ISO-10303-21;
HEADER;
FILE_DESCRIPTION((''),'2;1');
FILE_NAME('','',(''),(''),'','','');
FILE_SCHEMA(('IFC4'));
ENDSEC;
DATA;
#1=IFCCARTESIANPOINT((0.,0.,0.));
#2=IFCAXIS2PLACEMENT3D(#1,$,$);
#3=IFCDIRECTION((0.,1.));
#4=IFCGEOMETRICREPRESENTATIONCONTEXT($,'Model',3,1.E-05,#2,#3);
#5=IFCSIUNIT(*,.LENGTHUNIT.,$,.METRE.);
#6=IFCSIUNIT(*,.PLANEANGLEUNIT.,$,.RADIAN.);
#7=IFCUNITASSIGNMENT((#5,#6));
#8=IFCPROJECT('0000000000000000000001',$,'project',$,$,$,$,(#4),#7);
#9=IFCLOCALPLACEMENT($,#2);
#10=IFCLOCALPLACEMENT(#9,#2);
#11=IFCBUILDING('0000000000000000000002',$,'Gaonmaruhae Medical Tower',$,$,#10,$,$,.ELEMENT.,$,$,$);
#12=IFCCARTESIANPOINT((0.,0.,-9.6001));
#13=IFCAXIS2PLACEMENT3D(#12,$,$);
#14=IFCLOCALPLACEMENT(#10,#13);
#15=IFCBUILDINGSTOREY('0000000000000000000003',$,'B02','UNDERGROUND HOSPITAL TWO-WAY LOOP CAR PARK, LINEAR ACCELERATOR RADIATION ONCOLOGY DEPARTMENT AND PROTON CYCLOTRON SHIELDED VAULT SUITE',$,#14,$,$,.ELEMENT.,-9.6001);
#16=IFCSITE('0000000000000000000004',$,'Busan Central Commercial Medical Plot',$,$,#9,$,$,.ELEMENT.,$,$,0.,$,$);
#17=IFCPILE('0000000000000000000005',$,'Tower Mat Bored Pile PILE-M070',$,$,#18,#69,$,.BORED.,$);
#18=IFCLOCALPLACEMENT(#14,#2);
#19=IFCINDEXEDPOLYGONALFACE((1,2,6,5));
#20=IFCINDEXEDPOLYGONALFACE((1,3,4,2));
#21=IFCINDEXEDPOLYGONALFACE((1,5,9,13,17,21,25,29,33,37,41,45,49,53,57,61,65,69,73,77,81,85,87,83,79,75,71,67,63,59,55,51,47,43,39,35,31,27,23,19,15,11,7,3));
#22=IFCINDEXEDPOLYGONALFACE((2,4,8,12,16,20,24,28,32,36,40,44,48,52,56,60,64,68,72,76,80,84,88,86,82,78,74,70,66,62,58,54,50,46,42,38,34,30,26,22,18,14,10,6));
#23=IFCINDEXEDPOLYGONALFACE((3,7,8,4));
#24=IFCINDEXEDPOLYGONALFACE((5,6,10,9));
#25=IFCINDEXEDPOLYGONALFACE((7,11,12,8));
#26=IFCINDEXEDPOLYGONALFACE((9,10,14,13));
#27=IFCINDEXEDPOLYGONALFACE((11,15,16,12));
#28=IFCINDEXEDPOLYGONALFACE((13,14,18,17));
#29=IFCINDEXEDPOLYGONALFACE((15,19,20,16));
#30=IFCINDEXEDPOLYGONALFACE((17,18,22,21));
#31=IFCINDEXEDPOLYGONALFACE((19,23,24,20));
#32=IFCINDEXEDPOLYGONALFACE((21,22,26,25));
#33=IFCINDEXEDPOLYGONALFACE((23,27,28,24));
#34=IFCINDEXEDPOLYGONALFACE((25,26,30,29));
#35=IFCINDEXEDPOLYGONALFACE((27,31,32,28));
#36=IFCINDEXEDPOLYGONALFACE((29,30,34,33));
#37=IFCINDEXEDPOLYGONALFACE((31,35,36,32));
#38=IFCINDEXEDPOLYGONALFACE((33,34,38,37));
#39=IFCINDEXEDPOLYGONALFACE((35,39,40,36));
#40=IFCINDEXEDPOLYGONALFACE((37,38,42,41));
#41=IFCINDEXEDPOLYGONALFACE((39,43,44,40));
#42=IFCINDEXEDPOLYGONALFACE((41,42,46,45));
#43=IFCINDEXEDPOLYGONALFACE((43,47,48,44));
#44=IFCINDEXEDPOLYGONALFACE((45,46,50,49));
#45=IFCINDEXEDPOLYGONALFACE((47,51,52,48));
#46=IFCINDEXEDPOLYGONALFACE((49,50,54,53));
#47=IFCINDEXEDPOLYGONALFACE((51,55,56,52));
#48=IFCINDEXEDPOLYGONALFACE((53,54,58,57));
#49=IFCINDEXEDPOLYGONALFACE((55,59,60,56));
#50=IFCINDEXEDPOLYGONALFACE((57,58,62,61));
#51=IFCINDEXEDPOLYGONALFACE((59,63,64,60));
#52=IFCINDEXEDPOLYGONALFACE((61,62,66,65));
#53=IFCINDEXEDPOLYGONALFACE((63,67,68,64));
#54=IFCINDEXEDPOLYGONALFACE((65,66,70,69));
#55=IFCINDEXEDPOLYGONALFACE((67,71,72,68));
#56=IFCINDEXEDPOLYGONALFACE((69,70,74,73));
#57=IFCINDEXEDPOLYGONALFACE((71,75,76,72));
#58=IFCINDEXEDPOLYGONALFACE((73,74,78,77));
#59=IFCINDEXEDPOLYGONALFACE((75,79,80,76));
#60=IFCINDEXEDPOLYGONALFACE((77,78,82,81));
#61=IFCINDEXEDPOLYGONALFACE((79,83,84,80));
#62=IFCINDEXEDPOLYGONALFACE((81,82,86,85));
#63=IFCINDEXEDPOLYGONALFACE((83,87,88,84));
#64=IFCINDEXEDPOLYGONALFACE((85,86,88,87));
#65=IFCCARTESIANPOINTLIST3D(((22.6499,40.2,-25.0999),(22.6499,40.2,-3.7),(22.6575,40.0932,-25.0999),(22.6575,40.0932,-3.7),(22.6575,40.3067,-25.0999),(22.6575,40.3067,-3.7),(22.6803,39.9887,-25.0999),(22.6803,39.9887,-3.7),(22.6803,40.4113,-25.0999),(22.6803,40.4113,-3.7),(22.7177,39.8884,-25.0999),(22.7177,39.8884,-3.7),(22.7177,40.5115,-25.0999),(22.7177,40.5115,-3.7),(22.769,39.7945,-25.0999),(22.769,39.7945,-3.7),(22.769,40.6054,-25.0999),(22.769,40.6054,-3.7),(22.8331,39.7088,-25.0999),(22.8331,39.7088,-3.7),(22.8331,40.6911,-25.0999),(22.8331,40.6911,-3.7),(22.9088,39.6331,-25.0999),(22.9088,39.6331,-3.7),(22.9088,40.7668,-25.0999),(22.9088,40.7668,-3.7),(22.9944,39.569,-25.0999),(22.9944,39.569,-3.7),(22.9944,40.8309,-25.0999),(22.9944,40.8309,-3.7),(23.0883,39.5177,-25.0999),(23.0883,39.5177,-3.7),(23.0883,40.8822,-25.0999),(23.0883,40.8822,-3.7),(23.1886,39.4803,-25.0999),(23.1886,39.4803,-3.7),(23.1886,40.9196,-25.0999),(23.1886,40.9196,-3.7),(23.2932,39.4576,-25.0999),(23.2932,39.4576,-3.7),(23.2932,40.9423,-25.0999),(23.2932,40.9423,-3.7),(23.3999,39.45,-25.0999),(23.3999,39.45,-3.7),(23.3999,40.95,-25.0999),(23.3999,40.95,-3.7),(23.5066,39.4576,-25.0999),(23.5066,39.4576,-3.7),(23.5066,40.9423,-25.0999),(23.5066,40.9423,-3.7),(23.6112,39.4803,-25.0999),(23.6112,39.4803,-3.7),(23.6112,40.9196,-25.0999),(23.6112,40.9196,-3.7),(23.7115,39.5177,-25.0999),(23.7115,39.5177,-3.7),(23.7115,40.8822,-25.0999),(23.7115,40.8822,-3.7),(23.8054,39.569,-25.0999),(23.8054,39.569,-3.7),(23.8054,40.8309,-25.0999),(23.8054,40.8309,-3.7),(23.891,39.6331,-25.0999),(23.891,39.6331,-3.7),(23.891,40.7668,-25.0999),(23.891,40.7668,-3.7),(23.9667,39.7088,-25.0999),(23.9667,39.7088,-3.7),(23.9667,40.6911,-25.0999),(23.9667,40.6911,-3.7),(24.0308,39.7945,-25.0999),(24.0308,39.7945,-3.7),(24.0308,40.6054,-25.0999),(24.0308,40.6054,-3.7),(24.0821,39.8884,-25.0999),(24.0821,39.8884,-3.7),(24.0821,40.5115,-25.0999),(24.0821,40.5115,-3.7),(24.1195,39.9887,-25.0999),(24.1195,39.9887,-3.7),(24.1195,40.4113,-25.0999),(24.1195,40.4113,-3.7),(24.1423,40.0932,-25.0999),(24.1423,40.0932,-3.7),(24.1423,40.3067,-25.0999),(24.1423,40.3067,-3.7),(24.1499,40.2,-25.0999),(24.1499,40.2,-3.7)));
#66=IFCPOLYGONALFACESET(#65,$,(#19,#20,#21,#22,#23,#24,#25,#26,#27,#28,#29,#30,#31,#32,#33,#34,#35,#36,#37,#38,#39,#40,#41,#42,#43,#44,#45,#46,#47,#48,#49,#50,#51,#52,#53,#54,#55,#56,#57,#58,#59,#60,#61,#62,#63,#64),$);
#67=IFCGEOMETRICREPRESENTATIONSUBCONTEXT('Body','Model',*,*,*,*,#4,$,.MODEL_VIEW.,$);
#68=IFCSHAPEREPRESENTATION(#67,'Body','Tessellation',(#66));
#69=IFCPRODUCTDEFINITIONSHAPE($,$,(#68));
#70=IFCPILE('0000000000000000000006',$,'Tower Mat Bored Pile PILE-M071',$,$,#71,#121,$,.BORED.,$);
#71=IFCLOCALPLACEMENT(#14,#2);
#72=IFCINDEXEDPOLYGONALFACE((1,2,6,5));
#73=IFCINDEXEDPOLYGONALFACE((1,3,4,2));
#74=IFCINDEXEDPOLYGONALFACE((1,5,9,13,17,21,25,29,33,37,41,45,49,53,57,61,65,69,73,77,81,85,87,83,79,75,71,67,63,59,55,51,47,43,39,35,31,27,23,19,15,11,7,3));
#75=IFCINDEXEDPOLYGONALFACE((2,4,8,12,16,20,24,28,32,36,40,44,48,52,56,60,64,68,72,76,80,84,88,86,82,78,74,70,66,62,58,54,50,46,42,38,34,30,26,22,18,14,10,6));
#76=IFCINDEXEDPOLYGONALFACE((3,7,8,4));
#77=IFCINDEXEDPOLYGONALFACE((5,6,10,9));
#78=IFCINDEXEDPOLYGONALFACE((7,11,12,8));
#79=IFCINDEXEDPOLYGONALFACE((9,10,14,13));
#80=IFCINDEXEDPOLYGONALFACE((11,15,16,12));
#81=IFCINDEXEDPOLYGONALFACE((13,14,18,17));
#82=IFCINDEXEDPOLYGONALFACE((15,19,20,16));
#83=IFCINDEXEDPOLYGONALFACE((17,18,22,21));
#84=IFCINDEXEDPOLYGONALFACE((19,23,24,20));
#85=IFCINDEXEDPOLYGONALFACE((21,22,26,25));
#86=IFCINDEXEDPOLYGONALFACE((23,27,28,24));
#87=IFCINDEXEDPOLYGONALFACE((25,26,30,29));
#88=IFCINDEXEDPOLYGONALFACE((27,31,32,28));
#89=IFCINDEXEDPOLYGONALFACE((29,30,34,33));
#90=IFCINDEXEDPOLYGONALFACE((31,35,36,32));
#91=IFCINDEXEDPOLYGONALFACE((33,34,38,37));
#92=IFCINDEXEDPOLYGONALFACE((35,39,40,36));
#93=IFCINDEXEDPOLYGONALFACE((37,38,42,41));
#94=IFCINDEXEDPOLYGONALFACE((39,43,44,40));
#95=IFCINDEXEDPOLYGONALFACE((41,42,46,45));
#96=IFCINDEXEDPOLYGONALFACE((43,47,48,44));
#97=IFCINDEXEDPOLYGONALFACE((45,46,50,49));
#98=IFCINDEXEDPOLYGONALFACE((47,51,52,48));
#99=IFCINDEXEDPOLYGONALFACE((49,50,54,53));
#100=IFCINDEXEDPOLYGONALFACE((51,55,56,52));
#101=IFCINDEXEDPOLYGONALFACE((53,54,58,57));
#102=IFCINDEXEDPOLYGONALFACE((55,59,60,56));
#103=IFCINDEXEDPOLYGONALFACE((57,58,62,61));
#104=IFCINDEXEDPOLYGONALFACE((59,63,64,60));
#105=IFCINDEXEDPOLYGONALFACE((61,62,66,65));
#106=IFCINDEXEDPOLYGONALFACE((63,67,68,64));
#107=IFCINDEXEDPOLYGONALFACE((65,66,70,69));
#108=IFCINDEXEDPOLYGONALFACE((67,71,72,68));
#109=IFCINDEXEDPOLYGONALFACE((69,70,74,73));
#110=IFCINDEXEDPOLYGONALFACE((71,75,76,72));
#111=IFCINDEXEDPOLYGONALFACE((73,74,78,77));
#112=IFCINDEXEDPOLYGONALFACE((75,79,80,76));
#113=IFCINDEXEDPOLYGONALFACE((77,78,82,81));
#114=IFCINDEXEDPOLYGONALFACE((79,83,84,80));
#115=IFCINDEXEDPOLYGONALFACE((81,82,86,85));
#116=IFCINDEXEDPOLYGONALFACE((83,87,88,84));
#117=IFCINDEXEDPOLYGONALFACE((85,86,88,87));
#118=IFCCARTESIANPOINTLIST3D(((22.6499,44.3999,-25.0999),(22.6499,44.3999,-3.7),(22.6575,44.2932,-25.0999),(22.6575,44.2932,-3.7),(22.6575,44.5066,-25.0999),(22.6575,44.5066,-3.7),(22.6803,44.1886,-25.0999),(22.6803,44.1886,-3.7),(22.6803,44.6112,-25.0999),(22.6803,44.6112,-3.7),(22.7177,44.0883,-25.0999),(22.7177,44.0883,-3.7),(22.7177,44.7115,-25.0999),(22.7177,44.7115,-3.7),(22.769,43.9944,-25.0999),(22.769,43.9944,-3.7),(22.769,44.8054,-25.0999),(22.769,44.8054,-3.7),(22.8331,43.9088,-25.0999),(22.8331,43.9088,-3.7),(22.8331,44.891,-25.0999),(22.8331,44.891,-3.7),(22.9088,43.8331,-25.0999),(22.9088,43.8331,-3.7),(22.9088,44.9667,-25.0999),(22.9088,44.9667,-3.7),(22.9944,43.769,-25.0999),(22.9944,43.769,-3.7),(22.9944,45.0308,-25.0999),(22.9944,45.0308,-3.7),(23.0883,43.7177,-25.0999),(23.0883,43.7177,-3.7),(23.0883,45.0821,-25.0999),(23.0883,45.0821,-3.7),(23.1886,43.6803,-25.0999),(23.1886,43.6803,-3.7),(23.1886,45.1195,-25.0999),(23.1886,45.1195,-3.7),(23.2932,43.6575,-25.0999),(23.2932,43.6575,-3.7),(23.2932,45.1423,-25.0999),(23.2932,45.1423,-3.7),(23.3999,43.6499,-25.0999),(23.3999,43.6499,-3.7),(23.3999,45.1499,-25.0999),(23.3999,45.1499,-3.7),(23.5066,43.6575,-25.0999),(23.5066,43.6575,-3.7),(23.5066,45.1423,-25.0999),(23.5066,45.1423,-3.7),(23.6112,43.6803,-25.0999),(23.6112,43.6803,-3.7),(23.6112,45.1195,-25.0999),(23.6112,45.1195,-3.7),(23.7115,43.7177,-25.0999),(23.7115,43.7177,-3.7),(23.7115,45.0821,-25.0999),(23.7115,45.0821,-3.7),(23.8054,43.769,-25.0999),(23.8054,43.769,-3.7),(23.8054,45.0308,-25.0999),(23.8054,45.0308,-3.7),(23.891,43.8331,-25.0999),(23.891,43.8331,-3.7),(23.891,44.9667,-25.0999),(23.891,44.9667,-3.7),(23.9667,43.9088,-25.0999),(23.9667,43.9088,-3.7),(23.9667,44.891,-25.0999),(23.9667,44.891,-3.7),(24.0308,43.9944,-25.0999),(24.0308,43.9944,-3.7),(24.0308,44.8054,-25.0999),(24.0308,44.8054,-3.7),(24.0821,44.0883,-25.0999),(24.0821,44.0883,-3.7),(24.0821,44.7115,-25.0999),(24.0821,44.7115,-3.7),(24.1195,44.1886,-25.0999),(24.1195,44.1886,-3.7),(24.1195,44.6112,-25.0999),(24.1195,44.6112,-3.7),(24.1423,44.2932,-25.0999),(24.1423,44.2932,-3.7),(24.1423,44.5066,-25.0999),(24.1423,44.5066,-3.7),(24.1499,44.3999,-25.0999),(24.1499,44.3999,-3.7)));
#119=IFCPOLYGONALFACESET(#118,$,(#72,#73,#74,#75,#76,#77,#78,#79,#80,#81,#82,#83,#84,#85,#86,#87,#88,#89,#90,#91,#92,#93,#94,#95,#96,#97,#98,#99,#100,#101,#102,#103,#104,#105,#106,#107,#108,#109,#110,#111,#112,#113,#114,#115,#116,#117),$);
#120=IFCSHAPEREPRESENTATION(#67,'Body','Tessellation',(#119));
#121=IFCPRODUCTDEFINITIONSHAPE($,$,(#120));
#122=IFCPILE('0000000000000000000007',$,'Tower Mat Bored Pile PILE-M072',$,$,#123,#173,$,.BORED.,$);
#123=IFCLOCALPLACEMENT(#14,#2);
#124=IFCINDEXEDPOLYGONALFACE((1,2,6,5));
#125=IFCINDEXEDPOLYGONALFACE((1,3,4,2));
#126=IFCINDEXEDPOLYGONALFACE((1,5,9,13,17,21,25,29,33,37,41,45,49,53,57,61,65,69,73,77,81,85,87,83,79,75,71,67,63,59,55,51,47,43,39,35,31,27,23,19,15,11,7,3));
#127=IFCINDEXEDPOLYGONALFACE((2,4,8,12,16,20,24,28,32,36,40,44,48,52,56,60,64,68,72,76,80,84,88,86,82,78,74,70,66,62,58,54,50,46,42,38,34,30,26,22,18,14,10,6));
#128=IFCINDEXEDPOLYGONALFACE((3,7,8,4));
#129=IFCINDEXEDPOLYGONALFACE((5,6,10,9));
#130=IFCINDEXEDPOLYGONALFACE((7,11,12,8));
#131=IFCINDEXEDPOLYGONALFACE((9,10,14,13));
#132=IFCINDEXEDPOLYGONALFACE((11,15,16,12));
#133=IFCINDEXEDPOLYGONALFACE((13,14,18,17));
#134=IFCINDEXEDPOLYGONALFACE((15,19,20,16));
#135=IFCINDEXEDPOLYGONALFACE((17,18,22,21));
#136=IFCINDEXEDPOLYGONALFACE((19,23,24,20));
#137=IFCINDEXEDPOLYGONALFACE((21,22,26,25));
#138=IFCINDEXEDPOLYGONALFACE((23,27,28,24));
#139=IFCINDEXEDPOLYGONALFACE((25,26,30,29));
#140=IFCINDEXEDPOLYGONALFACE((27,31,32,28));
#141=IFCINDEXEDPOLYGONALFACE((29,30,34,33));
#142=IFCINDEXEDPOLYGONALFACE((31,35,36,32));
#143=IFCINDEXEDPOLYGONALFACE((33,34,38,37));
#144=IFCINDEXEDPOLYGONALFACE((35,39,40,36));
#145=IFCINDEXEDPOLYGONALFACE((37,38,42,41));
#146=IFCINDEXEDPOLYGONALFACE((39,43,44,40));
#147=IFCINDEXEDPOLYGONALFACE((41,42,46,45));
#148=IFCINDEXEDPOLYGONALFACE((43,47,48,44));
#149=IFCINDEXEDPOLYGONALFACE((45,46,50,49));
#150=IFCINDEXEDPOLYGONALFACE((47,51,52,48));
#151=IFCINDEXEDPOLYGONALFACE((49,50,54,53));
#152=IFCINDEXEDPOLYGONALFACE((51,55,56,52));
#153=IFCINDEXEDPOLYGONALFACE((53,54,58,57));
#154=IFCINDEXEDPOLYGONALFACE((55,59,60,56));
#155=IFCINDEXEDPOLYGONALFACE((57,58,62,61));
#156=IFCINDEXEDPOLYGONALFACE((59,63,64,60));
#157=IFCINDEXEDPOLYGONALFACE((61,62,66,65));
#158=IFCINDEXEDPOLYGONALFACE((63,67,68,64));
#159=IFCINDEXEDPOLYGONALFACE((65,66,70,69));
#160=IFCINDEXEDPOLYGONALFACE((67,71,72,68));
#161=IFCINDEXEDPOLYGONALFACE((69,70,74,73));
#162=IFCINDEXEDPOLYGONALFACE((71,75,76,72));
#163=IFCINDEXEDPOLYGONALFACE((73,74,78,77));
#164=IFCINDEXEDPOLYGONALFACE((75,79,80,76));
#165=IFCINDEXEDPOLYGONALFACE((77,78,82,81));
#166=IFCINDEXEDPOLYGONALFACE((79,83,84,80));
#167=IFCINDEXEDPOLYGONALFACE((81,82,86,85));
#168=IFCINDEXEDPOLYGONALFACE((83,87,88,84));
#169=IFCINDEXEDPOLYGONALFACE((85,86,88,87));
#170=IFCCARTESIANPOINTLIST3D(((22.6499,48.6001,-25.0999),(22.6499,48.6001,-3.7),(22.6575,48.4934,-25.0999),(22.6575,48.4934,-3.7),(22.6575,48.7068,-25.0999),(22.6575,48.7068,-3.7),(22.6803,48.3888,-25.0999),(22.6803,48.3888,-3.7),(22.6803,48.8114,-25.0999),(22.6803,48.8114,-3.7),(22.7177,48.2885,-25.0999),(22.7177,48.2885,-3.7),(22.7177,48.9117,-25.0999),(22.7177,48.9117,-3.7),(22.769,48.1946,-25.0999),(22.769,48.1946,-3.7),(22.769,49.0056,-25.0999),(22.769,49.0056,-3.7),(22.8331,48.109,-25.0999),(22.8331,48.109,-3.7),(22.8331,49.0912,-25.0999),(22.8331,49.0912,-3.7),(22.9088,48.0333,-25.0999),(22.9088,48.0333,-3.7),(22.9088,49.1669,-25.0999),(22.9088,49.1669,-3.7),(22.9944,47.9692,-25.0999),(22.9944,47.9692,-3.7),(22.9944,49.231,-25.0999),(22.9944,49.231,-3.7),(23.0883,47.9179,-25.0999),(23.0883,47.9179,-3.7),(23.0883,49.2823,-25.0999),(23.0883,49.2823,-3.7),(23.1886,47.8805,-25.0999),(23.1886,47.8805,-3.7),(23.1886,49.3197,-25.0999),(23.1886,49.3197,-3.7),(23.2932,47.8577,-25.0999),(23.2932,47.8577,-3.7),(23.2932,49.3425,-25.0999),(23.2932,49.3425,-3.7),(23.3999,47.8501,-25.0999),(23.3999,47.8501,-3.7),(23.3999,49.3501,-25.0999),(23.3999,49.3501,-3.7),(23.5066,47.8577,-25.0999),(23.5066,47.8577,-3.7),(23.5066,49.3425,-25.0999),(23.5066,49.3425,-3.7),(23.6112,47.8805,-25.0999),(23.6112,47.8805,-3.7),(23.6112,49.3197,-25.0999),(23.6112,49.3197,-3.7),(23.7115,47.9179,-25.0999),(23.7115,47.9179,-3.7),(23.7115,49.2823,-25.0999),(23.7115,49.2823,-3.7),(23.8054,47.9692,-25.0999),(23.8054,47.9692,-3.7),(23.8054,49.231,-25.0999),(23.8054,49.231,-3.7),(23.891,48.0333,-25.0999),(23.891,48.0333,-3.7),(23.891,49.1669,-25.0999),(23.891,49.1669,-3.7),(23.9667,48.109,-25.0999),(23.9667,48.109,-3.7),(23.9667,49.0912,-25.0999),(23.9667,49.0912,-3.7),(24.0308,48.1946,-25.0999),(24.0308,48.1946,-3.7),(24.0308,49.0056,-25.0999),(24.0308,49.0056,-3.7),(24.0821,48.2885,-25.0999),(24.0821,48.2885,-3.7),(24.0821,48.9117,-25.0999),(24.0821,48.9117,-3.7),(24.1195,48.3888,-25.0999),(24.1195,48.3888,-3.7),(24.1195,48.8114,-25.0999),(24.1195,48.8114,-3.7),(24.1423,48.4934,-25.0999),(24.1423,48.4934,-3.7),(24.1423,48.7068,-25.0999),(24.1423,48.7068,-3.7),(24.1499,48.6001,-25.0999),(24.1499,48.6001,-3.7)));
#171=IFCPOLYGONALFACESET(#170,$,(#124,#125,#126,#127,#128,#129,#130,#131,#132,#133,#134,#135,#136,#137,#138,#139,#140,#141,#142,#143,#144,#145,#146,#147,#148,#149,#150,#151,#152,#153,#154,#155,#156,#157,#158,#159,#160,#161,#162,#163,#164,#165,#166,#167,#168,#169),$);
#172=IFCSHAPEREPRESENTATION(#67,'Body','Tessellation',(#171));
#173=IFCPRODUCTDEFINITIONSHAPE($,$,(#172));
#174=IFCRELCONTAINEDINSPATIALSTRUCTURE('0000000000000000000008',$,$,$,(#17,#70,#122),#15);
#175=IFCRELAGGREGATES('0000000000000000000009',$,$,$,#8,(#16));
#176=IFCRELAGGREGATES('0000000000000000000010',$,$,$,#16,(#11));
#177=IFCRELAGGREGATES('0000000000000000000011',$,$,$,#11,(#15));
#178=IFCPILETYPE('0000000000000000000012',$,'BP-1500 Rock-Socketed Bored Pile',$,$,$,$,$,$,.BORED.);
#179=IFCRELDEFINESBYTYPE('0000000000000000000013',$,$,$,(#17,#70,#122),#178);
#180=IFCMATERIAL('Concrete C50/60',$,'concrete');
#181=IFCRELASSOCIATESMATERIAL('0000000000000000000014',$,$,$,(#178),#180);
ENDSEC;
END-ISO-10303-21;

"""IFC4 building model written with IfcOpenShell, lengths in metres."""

from ifc_helpers import new_model, si_unit, direction, frame, origin, origin_2d, place, context, subcontext, project, spatial, circle, extrude, material, material_profile, profile_set, type_object, element, save


model = new_model("IFC4")

# Units and contexts
model_context = context("Model", 3, precision=1e-05, world=origin(), true_north=direction((0.0, 1.0)))
body_context = subcontext(model_context, "Body", "Model", "MODEL_VIEW")
ifc_project = project(units=[si_unit("LENGTHUNIT", "METRE"), si_unit("PLANEANGLEUNIT", "RADIAN")], contexts=[model_context])

# Site, building, storey
site_placement = place(None, origin())
site = spatial("IfcSite", under=ifc_project, at=site_placement, Name="Busan Central Commercial Medical Plot", CompositionType="ELEMENT", RefElevation=0.0)
building_placement = place(site_placement, origin())
building = spatial("IfcBuilding", under=site, at=building_placement, Name="Gaonmaruhae Medical Tower", CompositionType="ELEMENT")
storey_placement = place(building_placement, frame((0.0, 0.0, -9.6001)))
storey = spatial("IfcBuildingStorey", under=building, at=storey_placement, Name="B02", Description="UNDERGROUND HOSPITAL TWO-WAY LOOP CAR PARK, LINEAR ACCELERATOR RADIATION ONCOLOGY DEPARTMENT AND PROTON CYCLOTRON SHIELDED VAULT SUITE", CompositionType="ELEMENT", Elevation=-9.6001)

# Piles
ifc_material_1 = material(Name="Concrete C50/60", Category="concrete")
ifc_material_profile_1 = material_profile(ifc_material_1, circle(Radius=0.75, at=origin_2d()), Name="PILE-D1500")
ifc_profile_set_1 = profile_set([ifc_material_profile_1], Name="Concrete C50/60")
pile_type = type_object("IfcPileType", Name="BP-1500 Rock-Socketed Bored Pile", PredefinedType="BORED", material=ifc_profile_set_1)
for number, where, z_axis, x_axis, name in (
    (1, (23.3999, 40.2, -3.7), (0.0, 0.0, -1.0), (1.0, 0.0, 0.0), "Tower Mat Bored Pile PILE-M070"),
    (2, (23.3999, 44.3999, -3.7), (0.0, 0.0, -1.0), (1.0, 0.0, 0.0), "Tower Mat Bored Pile PILE-M071"),
    (3, (23.3999, 48.6001, -3.7), (0.0, 0.0, -1.0), (1.0, 0.0, 0.0), "Tower Mat Bored Pile PILE-M072"),
):
    element("IfcPile", number, at=place(storey_placement, frame(where, z_axis=z_axis, x_axis=x_axis)), inside=storey, type_object=pile_type, Name=name, PredefinedType="BORED", context=body_context, shape_type="SweptSolid", body=[
        extrude(circle(Radius=0.75, at=origin_2d()), origin(), (0.0, 0.0, 1.0), 21.3999),
    ])

save(model, "model.ifc")
